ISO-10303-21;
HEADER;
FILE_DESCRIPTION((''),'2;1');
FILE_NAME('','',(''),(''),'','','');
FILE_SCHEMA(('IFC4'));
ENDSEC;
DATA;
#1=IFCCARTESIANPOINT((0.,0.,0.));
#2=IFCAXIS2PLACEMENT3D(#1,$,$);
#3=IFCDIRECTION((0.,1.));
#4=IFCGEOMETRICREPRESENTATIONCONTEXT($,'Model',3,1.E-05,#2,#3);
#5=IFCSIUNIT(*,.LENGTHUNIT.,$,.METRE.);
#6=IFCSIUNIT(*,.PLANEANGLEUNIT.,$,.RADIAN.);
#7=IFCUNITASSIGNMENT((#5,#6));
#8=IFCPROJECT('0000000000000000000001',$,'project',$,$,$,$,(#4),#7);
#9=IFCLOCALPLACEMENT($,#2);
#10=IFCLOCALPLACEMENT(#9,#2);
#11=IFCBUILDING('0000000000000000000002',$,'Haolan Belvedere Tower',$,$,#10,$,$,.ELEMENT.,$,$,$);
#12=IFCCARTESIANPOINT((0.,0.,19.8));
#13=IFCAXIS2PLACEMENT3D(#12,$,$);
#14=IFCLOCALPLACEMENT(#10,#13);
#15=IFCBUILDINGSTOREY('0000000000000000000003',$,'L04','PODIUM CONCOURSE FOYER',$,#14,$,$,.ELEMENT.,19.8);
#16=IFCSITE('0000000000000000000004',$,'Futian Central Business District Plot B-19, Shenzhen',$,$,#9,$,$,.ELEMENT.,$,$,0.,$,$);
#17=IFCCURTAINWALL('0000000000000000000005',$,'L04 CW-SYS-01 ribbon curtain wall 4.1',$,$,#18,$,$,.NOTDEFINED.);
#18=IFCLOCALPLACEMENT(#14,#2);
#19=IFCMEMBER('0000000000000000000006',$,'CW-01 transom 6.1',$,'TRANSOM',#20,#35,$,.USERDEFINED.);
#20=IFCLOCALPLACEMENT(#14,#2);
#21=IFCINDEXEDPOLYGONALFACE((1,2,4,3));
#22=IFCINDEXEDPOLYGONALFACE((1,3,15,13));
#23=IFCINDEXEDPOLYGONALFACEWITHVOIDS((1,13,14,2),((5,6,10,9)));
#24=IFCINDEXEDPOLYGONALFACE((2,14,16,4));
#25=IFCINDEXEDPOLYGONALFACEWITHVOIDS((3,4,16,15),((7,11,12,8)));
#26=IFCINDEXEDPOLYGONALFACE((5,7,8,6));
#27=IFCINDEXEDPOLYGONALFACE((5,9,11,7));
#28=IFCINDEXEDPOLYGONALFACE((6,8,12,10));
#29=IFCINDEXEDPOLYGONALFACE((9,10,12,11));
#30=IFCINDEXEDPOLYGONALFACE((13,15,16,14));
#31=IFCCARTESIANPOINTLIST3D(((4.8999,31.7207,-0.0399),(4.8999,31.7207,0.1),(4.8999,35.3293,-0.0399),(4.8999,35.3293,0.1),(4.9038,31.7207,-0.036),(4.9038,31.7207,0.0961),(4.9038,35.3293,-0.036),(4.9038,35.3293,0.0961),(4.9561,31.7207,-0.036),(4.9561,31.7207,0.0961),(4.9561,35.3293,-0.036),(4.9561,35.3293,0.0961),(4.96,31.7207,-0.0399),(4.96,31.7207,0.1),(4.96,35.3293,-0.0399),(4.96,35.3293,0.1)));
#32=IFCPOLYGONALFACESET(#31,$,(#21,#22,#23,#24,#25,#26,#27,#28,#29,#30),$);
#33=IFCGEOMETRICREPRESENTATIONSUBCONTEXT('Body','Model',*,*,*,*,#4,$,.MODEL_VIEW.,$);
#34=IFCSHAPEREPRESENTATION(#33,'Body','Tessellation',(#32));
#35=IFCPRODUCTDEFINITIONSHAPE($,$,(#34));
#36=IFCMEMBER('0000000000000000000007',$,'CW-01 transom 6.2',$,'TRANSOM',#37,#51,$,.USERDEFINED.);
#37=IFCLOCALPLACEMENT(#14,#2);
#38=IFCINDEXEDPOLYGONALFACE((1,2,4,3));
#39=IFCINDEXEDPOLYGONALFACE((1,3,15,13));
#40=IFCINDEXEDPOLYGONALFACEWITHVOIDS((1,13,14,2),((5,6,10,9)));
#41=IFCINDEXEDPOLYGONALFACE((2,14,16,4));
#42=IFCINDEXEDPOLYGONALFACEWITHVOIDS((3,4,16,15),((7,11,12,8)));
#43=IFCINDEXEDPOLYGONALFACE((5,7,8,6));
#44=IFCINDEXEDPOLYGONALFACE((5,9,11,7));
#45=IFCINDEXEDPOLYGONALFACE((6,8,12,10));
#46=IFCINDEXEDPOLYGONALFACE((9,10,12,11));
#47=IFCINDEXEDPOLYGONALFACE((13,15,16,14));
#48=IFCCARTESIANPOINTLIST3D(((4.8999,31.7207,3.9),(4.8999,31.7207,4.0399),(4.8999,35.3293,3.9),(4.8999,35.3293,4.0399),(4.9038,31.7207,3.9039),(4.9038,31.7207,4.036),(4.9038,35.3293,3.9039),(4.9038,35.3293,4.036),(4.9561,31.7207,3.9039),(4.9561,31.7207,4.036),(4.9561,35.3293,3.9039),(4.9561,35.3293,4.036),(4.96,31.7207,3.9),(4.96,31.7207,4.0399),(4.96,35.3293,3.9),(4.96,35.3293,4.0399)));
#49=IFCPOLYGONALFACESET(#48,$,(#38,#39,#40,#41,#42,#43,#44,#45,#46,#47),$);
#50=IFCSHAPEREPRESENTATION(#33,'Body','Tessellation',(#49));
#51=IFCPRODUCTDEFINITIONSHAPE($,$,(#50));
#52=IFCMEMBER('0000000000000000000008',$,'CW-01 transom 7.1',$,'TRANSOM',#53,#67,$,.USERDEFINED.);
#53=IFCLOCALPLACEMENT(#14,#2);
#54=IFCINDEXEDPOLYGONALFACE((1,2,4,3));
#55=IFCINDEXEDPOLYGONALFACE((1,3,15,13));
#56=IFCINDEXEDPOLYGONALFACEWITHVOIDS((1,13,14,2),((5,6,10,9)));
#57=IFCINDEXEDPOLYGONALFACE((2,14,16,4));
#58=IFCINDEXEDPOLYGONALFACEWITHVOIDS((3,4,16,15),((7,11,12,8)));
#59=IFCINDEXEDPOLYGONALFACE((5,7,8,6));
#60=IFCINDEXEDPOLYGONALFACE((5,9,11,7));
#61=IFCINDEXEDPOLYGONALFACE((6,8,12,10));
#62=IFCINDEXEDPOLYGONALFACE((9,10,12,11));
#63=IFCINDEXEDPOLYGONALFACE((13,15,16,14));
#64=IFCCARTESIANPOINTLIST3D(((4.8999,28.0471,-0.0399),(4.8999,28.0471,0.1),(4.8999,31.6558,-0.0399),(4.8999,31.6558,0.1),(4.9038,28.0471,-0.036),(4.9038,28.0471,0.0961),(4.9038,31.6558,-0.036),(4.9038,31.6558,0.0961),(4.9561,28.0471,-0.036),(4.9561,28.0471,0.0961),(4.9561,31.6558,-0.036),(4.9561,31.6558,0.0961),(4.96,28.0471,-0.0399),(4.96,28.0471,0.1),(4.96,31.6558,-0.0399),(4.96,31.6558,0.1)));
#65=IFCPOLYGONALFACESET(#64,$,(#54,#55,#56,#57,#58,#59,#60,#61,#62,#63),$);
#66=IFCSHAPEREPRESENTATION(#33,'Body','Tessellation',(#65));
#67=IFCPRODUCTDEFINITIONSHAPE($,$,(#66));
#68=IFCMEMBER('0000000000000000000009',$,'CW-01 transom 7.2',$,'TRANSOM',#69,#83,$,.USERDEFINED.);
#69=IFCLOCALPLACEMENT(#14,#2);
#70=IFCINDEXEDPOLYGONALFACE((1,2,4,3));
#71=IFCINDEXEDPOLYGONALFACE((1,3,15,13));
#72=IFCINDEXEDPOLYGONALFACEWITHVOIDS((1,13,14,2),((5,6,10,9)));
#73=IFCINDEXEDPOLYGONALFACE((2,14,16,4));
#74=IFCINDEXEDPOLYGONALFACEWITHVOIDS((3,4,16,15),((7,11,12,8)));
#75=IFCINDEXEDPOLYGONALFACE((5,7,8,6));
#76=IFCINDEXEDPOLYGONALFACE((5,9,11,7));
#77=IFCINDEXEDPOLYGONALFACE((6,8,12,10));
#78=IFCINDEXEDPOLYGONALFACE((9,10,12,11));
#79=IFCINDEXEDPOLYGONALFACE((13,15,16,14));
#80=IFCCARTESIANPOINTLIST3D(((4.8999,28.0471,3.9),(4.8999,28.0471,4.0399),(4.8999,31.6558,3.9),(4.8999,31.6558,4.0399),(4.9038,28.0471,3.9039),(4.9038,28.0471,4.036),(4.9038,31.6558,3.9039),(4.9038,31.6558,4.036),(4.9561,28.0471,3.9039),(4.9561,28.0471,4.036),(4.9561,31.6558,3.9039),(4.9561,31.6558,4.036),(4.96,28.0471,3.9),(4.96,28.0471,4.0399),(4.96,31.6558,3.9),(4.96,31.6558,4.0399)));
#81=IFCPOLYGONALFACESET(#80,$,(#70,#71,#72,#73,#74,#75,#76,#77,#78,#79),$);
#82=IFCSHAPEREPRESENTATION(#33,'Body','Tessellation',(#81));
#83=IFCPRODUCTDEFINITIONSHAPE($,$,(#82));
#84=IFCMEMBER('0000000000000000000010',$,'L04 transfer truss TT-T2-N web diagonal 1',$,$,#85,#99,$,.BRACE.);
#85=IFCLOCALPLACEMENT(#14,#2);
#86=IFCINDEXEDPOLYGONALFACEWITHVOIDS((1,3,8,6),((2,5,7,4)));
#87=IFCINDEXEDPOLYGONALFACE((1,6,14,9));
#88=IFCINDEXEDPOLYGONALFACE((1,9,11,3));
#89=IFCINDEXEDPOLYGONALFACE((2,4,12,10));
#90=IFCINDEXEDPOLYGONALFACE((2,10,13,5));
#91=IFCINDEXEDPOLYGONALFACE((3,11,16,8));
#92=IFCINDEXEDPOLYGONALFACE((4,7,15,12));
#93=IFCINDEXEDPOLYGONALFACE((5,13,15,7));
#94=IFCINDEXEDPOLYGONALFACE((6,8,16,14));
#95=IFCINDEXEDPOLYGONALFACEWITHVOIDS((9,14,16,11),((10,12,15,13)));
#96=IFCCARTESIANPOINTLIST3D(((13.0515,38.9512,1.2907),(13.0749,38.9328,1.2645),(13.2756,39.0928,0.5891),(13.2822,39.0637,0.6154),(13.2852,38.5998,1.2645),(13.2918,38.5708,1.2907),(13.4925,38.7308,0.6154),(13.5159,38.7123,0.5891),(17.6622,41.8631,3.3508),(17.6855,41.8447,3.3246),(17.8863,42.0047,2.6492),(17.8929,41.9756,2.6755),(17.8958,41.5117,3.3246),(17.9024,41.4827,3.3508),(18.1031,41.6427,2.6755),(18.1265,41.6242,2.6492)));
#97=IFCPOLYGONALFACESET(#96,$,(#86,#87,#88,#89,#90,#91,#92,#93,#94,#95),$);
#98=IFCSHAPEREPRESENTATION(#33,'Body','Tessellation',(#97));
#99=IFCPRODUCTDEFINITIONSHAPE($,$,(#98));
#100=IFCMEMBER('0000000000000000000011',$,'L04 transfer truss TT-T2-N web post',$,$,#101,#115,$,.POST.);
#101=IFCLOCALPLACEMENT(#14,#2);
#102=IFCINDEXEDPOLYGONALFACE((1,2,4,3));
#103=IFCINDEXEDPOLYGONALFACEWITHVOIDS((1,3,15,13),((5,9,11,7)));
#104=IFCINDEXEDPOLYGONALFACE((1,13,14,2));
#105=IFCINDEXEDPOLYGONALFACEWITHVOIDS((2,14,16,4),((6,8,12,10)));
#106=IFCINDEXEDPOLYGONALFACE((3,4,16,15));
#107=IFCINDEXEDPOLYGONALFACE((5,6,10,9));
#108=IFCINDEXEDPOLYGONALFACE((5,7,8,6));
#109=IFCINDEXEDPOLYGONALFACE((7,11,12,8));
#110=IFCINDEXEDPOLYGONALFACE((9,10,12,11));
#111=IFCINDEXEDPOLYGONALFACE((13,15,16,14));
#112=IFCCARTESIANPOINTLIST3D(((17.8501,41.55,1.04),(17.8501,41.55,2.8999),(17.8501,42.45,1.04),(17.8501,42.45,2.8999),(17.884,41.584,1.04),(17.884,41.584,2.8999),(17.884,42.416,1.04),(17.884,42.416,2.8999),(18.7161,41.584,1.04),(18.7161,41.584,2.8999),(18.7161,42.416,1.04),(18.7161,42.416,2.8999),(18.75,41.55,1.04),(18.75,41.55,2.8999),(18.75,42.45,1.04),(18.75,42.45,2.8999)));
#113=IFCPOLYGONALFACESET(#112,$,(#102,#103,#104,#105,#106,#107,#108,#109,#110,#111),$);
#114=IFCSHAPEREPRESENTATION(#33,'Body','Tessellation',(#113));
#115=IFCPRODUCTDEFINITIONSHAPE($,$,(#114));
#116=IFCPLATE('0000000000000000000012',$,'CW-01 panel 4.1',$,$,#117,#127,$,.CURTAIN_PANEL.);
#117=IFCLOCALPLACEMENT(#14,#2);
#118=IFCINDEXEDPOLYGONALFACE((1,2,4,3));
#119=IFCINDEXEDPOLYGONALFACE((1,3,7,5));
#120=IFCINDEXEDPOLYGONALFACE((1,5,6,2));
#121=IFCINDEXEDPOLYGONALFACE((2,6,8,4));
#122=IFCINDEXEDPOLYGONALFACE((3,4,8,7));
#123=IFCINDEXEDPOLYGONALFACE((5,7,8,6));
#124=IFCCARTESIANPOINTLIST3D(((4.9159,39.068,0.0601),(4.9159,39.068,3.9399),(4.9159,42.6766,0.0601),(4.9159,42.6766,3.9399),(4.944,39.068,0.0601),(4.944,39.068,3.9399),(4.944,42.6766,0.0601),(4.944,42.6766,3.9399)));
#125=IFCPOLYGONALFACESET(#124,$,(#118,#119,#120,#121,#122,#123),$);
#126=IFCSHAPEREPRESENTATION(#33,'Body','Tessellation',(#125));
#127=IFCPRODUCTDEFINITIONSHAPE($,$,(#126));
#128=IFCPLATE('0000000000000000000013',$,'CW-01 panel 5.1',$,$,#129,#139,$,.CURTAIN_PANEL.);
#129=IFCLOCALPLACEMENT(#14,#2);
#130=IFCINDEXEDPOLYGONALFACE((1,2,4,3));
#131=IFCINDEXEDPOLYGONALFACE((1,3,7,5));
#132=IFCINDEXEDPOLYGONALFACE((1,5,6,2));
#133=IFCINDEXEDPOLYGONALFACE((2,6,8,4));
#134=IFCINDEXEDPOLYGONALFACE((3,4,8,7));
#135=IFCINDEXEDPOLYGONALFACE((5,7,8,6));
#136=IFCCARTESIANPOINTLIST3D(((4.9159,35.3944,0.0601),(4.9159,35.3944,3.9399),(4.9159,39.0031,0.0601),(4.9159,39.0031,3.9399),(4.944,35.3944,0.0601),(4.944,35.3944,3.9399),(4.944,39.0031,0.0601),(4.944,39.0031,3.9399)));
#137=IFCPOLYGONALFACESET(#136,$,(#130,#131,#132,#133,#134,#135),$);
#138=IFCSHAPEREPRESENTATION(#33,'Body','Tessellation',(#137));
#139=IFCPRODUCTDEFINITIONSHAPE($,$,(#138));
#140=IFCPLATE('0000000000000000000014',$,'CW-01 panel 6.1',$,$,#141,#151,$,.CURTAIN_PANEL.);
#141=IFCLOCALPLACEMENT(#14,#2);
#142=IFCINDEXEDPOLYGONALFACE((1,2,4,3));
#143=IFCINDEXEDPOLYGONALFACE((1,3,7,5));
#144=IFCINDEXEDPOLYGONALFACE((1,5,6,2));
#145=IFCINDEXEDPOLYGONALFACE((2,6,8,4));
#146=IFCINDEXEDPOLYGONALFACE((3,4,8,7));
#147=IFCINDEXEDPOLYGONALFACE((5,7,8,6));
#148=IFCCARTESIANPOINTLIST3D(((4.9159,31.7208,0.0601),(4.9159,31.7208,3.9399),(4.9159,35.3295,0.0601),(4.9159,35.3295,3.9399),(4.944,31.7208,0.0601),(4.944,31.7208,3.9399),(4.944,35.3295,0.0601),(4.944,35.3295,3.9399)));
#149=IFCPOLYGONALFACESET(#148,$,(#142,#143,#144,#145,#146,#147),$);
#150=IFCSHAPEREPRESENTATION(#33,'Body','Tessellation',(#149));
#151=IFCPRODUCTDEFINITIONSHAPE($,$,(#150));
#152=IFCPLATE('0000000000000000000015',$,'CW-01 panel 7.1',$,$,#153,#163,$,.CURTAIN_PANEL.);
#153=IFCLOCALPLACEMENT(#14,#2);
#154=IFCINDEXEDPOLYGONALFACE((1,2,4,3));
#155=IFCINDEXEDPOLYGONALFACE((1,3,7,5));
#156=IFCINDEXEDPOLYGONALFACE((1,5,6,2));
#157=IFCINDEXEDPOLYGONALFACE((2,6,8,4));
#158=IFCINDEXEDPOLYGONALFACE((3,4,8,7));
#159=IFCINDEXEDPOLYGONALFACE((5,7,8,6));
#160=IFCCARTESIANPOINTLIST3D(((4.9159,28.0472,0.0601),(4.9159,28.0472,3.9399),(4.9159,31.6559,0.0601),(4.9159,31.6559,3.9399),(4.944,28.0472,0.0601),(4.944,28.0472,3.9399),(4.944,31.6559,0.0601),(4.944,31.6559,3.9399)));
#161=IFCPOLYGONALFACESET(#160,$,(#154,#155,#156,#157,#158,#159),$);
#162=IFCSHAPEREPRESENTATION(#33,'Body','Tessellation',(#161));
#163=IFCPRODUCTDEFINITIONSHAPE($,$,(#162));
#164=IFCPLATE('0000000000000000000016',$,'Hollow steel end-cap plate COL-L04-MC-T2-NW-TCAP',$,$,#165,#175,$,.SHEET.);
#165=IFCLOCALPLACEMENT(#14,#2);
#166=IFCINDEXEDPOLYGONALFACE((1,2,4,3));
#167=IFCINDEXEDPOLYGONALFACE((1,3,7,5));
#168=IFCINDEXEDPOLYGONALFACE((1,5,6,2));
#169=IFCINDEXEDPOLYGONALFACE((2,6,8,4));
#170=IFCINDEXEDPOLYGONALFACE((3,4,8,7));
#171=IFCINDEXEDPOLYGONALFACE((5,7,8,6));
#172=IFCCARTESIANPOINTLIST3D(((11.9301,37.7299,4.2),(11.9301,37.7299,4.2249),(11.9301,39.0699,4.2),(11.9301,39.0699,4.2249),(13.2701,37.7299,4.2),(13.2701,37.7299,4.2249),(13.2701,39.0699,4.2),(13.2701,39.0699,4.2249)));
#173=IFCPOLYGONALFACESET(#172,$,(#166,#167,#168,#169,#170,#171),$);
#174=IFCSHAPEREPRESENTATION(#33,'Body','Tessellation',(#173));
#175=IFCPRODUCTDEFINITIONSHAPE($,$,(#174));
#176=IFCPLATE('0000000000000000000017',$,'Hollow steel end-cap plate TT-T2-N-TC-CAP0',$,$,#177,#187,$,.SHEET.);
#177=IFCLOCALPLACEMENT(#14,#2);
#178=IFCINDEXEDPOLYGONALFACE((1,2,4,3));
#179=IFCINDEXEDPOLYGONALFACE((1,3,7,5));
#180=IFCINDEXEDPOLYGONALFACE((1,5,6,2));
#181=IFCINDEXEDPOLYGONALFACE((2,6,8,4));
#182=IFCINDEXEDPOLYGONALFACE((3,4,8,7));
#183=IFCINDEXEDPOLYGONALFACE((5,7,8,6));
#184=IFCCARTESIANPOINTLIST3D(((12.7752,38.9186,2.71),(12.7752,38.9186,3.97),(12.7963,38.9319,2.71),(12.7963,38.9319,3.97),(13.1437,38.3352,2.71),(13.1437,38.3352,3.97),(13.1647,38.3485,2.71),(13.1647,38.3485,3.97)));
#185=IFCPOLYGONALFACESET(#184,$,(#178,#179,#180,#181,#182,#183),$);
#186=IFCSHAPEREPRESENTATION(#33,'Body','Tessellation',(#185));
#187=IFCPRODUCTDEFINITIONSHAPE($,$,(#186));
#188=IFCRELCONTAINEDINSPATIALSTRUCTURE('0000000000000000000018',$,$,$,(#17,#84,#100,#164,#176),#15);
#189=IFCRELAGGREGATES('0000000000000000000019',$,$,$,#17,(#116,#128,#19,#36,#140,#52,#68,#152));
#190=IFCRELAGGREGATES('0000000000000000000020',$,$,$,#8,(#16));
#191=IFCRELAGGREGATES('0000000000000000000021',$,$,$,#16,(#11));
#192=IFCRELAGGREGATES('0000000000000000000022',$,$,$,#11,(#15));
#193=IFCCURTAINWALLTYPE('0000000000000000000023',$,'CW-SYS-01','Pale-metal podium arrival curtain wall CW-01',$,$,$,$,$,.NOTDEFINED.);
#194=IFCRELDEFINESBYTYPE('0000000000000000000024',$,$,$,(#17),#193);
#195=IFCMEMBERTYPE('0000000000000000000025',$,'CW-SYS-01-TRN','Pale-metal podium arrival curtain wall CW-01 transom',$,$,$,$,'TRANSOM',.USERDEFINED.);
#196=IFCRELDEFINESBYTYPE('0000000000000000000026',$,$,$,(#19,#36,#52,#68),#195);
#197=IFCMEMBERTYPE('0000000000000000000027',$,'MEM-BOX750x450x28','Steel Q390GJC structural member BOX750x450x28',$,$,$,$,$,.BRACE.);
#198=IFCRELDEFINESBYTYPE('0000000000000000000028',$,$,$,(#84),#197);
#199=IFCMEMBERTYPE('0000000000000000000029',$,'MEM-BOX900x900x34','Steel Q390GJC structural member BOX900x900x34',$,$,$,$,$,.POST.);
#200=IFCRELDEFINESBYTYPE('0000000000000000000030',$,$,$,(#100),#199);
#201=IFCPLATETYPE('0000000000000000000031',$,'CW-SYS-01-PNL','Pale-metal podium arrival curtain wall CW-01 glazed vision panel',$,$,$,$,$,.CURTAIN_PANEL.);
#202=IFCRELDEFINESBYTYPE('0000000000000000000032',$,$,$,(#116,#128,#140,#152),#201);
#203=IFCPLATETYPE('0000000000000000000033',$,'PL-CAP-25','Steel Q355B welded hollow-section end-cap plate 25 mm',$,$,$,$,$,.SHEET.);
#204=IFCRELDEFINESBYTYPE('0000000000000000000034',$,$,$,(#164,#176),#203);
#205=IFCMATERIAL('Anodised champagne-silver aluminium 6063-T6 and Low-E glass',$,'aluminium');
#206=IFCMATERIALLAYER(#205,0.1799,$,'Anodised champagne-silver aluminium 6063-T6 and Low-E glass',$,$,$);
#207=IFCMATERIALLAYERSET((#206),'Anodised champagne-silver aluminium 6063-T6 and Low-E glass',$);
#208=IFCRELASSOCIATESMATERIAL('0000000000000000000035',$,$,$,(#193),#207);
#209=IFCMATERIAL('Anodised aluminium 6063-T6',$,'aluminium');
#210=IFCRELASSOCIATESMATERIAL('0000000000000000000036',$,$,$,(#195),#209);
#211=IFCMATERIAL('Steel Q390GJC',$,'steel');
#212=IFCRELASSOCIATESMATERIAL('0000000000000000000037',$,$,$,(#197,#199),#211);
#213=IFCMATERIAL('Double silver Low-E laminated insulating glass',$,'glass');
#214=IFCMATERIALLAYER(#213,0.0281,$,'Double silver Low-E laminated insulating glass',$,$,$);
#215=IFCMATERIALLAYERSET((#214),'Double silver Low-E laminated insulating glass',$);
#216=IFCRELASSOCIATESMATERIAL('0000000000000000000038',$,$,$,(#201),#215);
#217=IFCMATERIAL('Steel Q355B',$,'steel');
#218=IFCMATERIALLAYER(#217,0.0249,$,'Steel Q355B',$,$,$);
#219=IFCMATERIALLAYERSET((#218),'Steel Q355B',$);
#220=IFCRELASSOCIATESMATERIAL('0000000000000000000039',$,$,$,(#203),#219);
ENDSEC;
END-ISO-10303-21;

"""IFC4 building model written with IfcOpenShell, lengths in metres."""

from ifc_helpers import new_model, si_unit, direction, frame, origin, origin_2d, place, context, subcontext, project, spatial, rectangle, hollow_rectangle, extrude, material, layer, layer_set, material_profile, profile_set, type_object, element, aggregate, save


model = new_model("IFC4")

# Units and contexts
model_context = context("Model", 3, precision=1e-05, world=origin(), true_north=direction((0.0, 1.0)))
body_context = subcontext(model_context, "Body", "Model", "MODEL_VIEW")
ifc_project = project(units=[si_unit("LENGTHUNIT", "METRE"), si_unit("PLANEANGLEUNIT", "RADIAN")], contexts=[model_context])

# Site, building, storey
site_placement = place(None, origin())
site = spatial("IfcSite", under=ifc_project, at=site_placement, Name="Futian Central Business District Plot B-19, Shenzhen", CompositionType="ELEMENT", RefElevation=0.0)
building_placement = place(site_placement, origin())
building = spatial("IfcBuilding", under=site, at=building_placement, Name="Haolan Belvedere Tower", CompositionType="ELEMENT")
storey_placement = place(building_placement, frame((0.0, 0.0, 19.8)))
storey = spatial("IfcBuildingStorey", under=building, at=storey_placement, Name="L04", Description="PODIUM CONCOURSE FOYER", CompositionType="ELEMENT", Elevation=19.8)

# Shared definitions
ifc_material_1 = material(Name="Steel Q355B", Category="steel")

# Curtain wall, members
ifc_material_2 = material(Name="Anodised champagne-silver aluminium 6063-T6 and Low-E glass", Category="aluminium")
ifc_layer_1 = layer(ifc_material_2, 0.1799, Name="Anodised champagne-silver aluminium 6063-T6 and Low-E glass")
ifc_layer_set_1 = layer_set([ifc_layer_1], Name="Anodised champagne-silver aluminium 6063-T6 and Low-E glass")
curtain_wall_type = type_object("IfcCurtainWallType", Name="CW-SYS-01", Description="Pale-metal podium arrival curtain wall CW-01", PredefinedType="NOTDEFINED", material=ifc_layer_set_1)
curtain_wall_placement = place(storey_placement, origin())
curtain_wall = element("IfcCurtainWall", 1, at=curtain_wall_placement, inside=storey, type_object=curtain_wall_type, Name="L04 CW-SYS-01 ribbon curtain wall 4.1", PredefinedType="NOTDEFINED")
ifc_material_3 = material(Name="Anodised aluminium 6063-T6", Category="aluminium")
ifc_material_profile_1 = material_profile(ifc_material_3, hollow_rectangle(XDim=0.0601, YDim=0.1399, WallThickness=0.0039, at=origin_2d()), Name="Anodised aluminium 6063-T6")
ifc_profile_set_1 = profile_set([ifc_material_profile_1], Name="Anodised aluminium 6063-T6")
member_type_1 = type_object("IfcMemberType", Name="CW-SYS-01-TRN", Description="Pale-metal podium arrival curtain wall CW-01 transom", ElementType="TRANSOM", PredefinedType="USERDEFINED", material=ifc_profile_set_1)
member_1_placement = place(storey_placement, frame((4.9299, 35.3293, 0.03), z_axis=(0.0, -1.0, 0.0), x_axis=(1.0, 0.0, 0.0)))
member_1 = element("IfcMember", 2, at=member_1_placement, type_object=member_type_1, Name="CW-01 transom 6.1", ObjectType="TRANSOM", PredefinedType="USERDEFINED", context=body_context, shape_type="SweptSolid", body=[
    extrude(hollow_rectangle(XDim=0.0601, YDim=0.1399, WallThickness=0.0039, at=origin_2d()), origin(), (0.0, 0.0, 1.0), 3.6086),
])
member_2_placement = place(storey_placement, frame((4.9299, 35.3293, 3.97), z_axis=(0.0, -1.0, 0.0), x_axis=(1.0, 0.0, 0.0)))
member_2 = element("IfcMember", 3, at=member_2_placement, type_object=member_type_1, Name="CW-01 transom 6.2", ObjectType="TRANSOM", PredefinedType="USERDEFINED", context=body_context, shape_type="SweptSolid", body=[
    extrude(hollow_rectangle(XDim=0.0601, YDim=0.1399, WallThickness=0.0039, at=origin_2d()), origin(), (0.0, 0.0, 1.0), 3.6086),
])
member_3_placement = place(storey_placement, frame((4.9299, 31.6558, 0.03), z_axis=(0.0, -1.0, 0.0), x_axis=(1.0, 0.0, 0.0)))
member_3 = element("IfcMember", 4, at=member_3_placement, type_object=member_type_1, Name="CW-01 transom 7.1", ObjectType="TRANSOM", PredefinedType="USERDEFINED", context=body_context, shape_type="SweptSolid", body=[
    extrude(hollow_rectangle(XDim=0.0601, YDim=0.1399, WallThickness=0.0039, at=origin_2d()), origin(), (0.0, 0.0, 1.0), 3.6086),
])
member_4_placement = place(storey_placement, frame((4.9299, 31.6558, 3.97), z_axis=(0.0, -1.0, 0.0), x_axis=(1.0, 0.0, 0.0)))
member_4 = element("IfcMember", 5, at=member_4_placement, type_object=member_type_1, Name="CW-01 transom 7.2", ObjectType="TRANSOM", PredefinedType="USERDEFINED", context=body_context, shape_type="SweptSolid", body=[
    extrude(hollow_rectangle(XDim=0.0601, YDim=0.1399, WallThickness=0.0039, at=origin_2d()), origin(), (0.0, 0.0, 1.0), 3.6086),
])

# Members
ifc_material_4 = material(Name="Steel Q390GJC", Category="steel")
ifc_material_profile_2 = material_profile(ifc_material_4, hollow_rectangle(XDim=0.45, YDim=0.75, WallThickness=0.0281, at=origin_2d()), Name="Steel Q390GJC")
ifc_profile_set_2 = profile_set([ifc_material_profile_2], Name="Steel Q390GJC")
member_type_2 = type_object("IfcMemberType", Name="MEM-BOX750x450x28", Description="Steel Q390GJC structural member BOX750x450x28", PredefinedType="BRACE", material=ifc_profile_set_2)
member_5_placement = place(storey_placement, frame((13.2837, 38.8318, 0.9399), z_axis=(0.790939, 0.499525, 0.353399), x_axis=(-0.533981, 0.845496, 0.0)))
element("IfcMember", 6, at=member_5_placement, inside=storey, type_object=member_type_2, Name="L04 transfer truss TT-T2-N web diagonal 1", PredefinedType="BRACE", context=body_context, shape_type="SweptSolid", body=[
    extrude(hollow_rectangle(XDim=0.45, YDim=0.75, WallThickness=0.0281, at=origin_2d()), origin(), (0.0, 0.0, 1.0), 5.8293),
])
ifc_material_profile_3 = material_profile(ifc_material_4, hollow_rectangle(XDim=0.8999, YDim=0.8999, WallThickness=0.0339, at=origin_2d()), Name="Steel Q390GJC")
ifc_profile_set_3 = profile_set([ifc_material_profile_3], Name="Steel Q390GJC")
member_type_3 = type_object("IfcMemberType", Name="MEM-BOX900x900x34", Description="Steel Q390GJC structural member BOX900x900x34", PredefinedType="POST", material=ifc_profile_set_3)
member_6_placement = place(storey_placement, frame((18.3, 42.0, 1.04), z_axis=(0.0, 0.0, 1.0), x_axis=(1.0, 0.0, 0.0)))
element("IfcMember", 7, at=member_6_placement, inside=storey, type_object=member_type_3, Name="L04 transfer truss TT-T2-N web post", PredefinedType="POST", context=body_context, shape_type="SweptSolid", body=[
    extrude(hollow_rectangle(XDim=0.8999, YDim=0.8999, WallThickness=0.0339, at=origin_2d()), origin(), (0.0, 0.0, 1.0), 1.8599),
])

# Plates
ifc_material_5 = material(Name="Double silver Low-E laminated insulating glass", Category="glass")
ifc_layer_2 = layer(ifc_material_5, 0.0281, Name="Double silver Low-E laminated insulating glass")
ifc_layer_set_2 = layer_set([ifc_layer_2], Name="Double silver Low-E laminated insulating glass")
plate_type_1 = type_object("IfcPlateType", Name="CW-SYS-01-PNL", Description="Pale-metal podium arrival curtain wall CW-01 glazed vision panel", PredefinedType="CURTAIN_PANEL", material=ifc_layer_set_2)
plate_1_placement = place(storey_placement, frame((4.9299, 40.8723, 0.0601), z_axis=(0.0, 0.0, 1.0), x_axis=(0.0, -1.0, 0.0)))
plate_1 = element("IfcPlate", 8, at=plate_1_placement, type_object=plate_type_1, Name="CW-01 panel 4.1", PredefinedType="CURTAIN_PANEL", context=body_context, shape_type="SweptSolid", body=[
    extrude(rectangle(XDim=3.6086, YDim=0.0281, at=origin_2d()), origin(), (0.0, 0.0, 1.0), 3.8799),
])
plate_2_placement = place(storey_placement, frame((4.9299, 37.1987, 0.0601), z_axis=(0.0, 0.0, 1.0), x_axis=(0.0, -1.0, 0.0)))
plate_2 = element("IfcPlate", 9, at=plate_2_placement, type_object=plate_type_1, Name="CW-01 panel 5.1", PredefinedType="CURTAIN_PANEL", context=body_context, shape_type="SweptSolid", body=[
    extrude(rectangle(XDim=3.6086, YDim=0.0281, at=origin_2d()), origin(), (0.0, 0.0, 1.0), 3.8799),
])
plate_3_placement = place(storey_placement, frame((4.9299, 33.5251, 0.0601), z_axis=(0.0, 0.0, 1.0), x_axis=(0.0, -1.0, 0.0)))
plate_3 = element("IfcPlate", 10, at=plate_3_placement, type_object=plate_type_1, Name="CW-01 panel 6.1", PredefinedType="CURTAIN_PANEL", context=body_context, shape_type="SweptSolid", body=[
    extrude(rectangle(XDim=3.6086, YDim=0.0281, at=origin_2d()), origin(), (0.0, 0.0, 1.0), 3.8799),
])
plate_4_placement = place(storey_placement, frame((4.9299, 29.8516, 0.0601), z_axis=(0.0, 0.0, 1.0), x_axis=(0.0, -1.0, 0.0)))
plate_4 = element("IfcPlate", 11, at=plate_4_placement, type_object=plate_type_1, Name="CW-01 panel 7.1", PredefinedType="CURTAIN_PANEL", context=body_context, shape_type="SweptSolid", body=[
    extrude(rectangle(XDim=3.6086, YDim=0.0281, at=origin_2d()), origin(), (0.0, 0.0, 1.0), 3.8799),
])
aggregate(curtain_wall, [plate_1, plate_2, member_1, member_2, plate_3, member_3, member_4, plate_4])

# Plates
ifc_layer_3 = layer(ifc_material_1, 0.0249, Name="Steel Q355B")
ifc_layer_set_3 = layer_set([ifc_layer_3], Name="Steel Q355B")
plate_type_2 = type_object("IfcPlateType", Name="PL-CAP-25", Description="Steel Q355B welded hollow-section end-cap plate 25 mm", PredefinedType="SHEET", material=ifc_layer_set_3)
plate_5_placement = place(storey_placement, frame((12.6001, 38.3999, 4.2), z_axis=(0.0, 0.0, 1.0), x_axis=(1.0, 0.0, 0.0)))
element("IfcPlate", 12, at=plate_5_placement, inside=storey, type_object=plate_type_2, Name="Hollow steel end-cap plate COL-L04-MC-T2-NW-TCAP", PredefinedType="SHEET", context=body_context, shape_type="SweptSolid", body=[
    extrude(rectangle(XDim=1.3401, YDim=1.3401, at=origin_2d()), origin(), (0.0, 0.0, 1.0), 0.0249),
])
for number, where, z_axis, x_axis, name in (
    (13, (12.97, 38.6335, 2.71), (0.0, 0.0, 1.0), (0.533998, -0.845486, 0.0), "Hollow steel end-cap plate TT-T2-N-TC-CAP0"),
):
    element("IfcPlate", number, at=place(storey_placement, frame(where, z_axis=z_axis, x_axis=x_axis)), inside=storey, type_object=plate_type_2, Name=name, PredefinedType="SHEET", context=body_context, shape_type="SweptSolid", body=[
        extrude(rectangle(XDim=0.6899, YDim=0.0249, at=origin_2d()), origin(), (0.0, 0.0, 1.0), 1.26),
    ])

save(model, "model.ifc")
